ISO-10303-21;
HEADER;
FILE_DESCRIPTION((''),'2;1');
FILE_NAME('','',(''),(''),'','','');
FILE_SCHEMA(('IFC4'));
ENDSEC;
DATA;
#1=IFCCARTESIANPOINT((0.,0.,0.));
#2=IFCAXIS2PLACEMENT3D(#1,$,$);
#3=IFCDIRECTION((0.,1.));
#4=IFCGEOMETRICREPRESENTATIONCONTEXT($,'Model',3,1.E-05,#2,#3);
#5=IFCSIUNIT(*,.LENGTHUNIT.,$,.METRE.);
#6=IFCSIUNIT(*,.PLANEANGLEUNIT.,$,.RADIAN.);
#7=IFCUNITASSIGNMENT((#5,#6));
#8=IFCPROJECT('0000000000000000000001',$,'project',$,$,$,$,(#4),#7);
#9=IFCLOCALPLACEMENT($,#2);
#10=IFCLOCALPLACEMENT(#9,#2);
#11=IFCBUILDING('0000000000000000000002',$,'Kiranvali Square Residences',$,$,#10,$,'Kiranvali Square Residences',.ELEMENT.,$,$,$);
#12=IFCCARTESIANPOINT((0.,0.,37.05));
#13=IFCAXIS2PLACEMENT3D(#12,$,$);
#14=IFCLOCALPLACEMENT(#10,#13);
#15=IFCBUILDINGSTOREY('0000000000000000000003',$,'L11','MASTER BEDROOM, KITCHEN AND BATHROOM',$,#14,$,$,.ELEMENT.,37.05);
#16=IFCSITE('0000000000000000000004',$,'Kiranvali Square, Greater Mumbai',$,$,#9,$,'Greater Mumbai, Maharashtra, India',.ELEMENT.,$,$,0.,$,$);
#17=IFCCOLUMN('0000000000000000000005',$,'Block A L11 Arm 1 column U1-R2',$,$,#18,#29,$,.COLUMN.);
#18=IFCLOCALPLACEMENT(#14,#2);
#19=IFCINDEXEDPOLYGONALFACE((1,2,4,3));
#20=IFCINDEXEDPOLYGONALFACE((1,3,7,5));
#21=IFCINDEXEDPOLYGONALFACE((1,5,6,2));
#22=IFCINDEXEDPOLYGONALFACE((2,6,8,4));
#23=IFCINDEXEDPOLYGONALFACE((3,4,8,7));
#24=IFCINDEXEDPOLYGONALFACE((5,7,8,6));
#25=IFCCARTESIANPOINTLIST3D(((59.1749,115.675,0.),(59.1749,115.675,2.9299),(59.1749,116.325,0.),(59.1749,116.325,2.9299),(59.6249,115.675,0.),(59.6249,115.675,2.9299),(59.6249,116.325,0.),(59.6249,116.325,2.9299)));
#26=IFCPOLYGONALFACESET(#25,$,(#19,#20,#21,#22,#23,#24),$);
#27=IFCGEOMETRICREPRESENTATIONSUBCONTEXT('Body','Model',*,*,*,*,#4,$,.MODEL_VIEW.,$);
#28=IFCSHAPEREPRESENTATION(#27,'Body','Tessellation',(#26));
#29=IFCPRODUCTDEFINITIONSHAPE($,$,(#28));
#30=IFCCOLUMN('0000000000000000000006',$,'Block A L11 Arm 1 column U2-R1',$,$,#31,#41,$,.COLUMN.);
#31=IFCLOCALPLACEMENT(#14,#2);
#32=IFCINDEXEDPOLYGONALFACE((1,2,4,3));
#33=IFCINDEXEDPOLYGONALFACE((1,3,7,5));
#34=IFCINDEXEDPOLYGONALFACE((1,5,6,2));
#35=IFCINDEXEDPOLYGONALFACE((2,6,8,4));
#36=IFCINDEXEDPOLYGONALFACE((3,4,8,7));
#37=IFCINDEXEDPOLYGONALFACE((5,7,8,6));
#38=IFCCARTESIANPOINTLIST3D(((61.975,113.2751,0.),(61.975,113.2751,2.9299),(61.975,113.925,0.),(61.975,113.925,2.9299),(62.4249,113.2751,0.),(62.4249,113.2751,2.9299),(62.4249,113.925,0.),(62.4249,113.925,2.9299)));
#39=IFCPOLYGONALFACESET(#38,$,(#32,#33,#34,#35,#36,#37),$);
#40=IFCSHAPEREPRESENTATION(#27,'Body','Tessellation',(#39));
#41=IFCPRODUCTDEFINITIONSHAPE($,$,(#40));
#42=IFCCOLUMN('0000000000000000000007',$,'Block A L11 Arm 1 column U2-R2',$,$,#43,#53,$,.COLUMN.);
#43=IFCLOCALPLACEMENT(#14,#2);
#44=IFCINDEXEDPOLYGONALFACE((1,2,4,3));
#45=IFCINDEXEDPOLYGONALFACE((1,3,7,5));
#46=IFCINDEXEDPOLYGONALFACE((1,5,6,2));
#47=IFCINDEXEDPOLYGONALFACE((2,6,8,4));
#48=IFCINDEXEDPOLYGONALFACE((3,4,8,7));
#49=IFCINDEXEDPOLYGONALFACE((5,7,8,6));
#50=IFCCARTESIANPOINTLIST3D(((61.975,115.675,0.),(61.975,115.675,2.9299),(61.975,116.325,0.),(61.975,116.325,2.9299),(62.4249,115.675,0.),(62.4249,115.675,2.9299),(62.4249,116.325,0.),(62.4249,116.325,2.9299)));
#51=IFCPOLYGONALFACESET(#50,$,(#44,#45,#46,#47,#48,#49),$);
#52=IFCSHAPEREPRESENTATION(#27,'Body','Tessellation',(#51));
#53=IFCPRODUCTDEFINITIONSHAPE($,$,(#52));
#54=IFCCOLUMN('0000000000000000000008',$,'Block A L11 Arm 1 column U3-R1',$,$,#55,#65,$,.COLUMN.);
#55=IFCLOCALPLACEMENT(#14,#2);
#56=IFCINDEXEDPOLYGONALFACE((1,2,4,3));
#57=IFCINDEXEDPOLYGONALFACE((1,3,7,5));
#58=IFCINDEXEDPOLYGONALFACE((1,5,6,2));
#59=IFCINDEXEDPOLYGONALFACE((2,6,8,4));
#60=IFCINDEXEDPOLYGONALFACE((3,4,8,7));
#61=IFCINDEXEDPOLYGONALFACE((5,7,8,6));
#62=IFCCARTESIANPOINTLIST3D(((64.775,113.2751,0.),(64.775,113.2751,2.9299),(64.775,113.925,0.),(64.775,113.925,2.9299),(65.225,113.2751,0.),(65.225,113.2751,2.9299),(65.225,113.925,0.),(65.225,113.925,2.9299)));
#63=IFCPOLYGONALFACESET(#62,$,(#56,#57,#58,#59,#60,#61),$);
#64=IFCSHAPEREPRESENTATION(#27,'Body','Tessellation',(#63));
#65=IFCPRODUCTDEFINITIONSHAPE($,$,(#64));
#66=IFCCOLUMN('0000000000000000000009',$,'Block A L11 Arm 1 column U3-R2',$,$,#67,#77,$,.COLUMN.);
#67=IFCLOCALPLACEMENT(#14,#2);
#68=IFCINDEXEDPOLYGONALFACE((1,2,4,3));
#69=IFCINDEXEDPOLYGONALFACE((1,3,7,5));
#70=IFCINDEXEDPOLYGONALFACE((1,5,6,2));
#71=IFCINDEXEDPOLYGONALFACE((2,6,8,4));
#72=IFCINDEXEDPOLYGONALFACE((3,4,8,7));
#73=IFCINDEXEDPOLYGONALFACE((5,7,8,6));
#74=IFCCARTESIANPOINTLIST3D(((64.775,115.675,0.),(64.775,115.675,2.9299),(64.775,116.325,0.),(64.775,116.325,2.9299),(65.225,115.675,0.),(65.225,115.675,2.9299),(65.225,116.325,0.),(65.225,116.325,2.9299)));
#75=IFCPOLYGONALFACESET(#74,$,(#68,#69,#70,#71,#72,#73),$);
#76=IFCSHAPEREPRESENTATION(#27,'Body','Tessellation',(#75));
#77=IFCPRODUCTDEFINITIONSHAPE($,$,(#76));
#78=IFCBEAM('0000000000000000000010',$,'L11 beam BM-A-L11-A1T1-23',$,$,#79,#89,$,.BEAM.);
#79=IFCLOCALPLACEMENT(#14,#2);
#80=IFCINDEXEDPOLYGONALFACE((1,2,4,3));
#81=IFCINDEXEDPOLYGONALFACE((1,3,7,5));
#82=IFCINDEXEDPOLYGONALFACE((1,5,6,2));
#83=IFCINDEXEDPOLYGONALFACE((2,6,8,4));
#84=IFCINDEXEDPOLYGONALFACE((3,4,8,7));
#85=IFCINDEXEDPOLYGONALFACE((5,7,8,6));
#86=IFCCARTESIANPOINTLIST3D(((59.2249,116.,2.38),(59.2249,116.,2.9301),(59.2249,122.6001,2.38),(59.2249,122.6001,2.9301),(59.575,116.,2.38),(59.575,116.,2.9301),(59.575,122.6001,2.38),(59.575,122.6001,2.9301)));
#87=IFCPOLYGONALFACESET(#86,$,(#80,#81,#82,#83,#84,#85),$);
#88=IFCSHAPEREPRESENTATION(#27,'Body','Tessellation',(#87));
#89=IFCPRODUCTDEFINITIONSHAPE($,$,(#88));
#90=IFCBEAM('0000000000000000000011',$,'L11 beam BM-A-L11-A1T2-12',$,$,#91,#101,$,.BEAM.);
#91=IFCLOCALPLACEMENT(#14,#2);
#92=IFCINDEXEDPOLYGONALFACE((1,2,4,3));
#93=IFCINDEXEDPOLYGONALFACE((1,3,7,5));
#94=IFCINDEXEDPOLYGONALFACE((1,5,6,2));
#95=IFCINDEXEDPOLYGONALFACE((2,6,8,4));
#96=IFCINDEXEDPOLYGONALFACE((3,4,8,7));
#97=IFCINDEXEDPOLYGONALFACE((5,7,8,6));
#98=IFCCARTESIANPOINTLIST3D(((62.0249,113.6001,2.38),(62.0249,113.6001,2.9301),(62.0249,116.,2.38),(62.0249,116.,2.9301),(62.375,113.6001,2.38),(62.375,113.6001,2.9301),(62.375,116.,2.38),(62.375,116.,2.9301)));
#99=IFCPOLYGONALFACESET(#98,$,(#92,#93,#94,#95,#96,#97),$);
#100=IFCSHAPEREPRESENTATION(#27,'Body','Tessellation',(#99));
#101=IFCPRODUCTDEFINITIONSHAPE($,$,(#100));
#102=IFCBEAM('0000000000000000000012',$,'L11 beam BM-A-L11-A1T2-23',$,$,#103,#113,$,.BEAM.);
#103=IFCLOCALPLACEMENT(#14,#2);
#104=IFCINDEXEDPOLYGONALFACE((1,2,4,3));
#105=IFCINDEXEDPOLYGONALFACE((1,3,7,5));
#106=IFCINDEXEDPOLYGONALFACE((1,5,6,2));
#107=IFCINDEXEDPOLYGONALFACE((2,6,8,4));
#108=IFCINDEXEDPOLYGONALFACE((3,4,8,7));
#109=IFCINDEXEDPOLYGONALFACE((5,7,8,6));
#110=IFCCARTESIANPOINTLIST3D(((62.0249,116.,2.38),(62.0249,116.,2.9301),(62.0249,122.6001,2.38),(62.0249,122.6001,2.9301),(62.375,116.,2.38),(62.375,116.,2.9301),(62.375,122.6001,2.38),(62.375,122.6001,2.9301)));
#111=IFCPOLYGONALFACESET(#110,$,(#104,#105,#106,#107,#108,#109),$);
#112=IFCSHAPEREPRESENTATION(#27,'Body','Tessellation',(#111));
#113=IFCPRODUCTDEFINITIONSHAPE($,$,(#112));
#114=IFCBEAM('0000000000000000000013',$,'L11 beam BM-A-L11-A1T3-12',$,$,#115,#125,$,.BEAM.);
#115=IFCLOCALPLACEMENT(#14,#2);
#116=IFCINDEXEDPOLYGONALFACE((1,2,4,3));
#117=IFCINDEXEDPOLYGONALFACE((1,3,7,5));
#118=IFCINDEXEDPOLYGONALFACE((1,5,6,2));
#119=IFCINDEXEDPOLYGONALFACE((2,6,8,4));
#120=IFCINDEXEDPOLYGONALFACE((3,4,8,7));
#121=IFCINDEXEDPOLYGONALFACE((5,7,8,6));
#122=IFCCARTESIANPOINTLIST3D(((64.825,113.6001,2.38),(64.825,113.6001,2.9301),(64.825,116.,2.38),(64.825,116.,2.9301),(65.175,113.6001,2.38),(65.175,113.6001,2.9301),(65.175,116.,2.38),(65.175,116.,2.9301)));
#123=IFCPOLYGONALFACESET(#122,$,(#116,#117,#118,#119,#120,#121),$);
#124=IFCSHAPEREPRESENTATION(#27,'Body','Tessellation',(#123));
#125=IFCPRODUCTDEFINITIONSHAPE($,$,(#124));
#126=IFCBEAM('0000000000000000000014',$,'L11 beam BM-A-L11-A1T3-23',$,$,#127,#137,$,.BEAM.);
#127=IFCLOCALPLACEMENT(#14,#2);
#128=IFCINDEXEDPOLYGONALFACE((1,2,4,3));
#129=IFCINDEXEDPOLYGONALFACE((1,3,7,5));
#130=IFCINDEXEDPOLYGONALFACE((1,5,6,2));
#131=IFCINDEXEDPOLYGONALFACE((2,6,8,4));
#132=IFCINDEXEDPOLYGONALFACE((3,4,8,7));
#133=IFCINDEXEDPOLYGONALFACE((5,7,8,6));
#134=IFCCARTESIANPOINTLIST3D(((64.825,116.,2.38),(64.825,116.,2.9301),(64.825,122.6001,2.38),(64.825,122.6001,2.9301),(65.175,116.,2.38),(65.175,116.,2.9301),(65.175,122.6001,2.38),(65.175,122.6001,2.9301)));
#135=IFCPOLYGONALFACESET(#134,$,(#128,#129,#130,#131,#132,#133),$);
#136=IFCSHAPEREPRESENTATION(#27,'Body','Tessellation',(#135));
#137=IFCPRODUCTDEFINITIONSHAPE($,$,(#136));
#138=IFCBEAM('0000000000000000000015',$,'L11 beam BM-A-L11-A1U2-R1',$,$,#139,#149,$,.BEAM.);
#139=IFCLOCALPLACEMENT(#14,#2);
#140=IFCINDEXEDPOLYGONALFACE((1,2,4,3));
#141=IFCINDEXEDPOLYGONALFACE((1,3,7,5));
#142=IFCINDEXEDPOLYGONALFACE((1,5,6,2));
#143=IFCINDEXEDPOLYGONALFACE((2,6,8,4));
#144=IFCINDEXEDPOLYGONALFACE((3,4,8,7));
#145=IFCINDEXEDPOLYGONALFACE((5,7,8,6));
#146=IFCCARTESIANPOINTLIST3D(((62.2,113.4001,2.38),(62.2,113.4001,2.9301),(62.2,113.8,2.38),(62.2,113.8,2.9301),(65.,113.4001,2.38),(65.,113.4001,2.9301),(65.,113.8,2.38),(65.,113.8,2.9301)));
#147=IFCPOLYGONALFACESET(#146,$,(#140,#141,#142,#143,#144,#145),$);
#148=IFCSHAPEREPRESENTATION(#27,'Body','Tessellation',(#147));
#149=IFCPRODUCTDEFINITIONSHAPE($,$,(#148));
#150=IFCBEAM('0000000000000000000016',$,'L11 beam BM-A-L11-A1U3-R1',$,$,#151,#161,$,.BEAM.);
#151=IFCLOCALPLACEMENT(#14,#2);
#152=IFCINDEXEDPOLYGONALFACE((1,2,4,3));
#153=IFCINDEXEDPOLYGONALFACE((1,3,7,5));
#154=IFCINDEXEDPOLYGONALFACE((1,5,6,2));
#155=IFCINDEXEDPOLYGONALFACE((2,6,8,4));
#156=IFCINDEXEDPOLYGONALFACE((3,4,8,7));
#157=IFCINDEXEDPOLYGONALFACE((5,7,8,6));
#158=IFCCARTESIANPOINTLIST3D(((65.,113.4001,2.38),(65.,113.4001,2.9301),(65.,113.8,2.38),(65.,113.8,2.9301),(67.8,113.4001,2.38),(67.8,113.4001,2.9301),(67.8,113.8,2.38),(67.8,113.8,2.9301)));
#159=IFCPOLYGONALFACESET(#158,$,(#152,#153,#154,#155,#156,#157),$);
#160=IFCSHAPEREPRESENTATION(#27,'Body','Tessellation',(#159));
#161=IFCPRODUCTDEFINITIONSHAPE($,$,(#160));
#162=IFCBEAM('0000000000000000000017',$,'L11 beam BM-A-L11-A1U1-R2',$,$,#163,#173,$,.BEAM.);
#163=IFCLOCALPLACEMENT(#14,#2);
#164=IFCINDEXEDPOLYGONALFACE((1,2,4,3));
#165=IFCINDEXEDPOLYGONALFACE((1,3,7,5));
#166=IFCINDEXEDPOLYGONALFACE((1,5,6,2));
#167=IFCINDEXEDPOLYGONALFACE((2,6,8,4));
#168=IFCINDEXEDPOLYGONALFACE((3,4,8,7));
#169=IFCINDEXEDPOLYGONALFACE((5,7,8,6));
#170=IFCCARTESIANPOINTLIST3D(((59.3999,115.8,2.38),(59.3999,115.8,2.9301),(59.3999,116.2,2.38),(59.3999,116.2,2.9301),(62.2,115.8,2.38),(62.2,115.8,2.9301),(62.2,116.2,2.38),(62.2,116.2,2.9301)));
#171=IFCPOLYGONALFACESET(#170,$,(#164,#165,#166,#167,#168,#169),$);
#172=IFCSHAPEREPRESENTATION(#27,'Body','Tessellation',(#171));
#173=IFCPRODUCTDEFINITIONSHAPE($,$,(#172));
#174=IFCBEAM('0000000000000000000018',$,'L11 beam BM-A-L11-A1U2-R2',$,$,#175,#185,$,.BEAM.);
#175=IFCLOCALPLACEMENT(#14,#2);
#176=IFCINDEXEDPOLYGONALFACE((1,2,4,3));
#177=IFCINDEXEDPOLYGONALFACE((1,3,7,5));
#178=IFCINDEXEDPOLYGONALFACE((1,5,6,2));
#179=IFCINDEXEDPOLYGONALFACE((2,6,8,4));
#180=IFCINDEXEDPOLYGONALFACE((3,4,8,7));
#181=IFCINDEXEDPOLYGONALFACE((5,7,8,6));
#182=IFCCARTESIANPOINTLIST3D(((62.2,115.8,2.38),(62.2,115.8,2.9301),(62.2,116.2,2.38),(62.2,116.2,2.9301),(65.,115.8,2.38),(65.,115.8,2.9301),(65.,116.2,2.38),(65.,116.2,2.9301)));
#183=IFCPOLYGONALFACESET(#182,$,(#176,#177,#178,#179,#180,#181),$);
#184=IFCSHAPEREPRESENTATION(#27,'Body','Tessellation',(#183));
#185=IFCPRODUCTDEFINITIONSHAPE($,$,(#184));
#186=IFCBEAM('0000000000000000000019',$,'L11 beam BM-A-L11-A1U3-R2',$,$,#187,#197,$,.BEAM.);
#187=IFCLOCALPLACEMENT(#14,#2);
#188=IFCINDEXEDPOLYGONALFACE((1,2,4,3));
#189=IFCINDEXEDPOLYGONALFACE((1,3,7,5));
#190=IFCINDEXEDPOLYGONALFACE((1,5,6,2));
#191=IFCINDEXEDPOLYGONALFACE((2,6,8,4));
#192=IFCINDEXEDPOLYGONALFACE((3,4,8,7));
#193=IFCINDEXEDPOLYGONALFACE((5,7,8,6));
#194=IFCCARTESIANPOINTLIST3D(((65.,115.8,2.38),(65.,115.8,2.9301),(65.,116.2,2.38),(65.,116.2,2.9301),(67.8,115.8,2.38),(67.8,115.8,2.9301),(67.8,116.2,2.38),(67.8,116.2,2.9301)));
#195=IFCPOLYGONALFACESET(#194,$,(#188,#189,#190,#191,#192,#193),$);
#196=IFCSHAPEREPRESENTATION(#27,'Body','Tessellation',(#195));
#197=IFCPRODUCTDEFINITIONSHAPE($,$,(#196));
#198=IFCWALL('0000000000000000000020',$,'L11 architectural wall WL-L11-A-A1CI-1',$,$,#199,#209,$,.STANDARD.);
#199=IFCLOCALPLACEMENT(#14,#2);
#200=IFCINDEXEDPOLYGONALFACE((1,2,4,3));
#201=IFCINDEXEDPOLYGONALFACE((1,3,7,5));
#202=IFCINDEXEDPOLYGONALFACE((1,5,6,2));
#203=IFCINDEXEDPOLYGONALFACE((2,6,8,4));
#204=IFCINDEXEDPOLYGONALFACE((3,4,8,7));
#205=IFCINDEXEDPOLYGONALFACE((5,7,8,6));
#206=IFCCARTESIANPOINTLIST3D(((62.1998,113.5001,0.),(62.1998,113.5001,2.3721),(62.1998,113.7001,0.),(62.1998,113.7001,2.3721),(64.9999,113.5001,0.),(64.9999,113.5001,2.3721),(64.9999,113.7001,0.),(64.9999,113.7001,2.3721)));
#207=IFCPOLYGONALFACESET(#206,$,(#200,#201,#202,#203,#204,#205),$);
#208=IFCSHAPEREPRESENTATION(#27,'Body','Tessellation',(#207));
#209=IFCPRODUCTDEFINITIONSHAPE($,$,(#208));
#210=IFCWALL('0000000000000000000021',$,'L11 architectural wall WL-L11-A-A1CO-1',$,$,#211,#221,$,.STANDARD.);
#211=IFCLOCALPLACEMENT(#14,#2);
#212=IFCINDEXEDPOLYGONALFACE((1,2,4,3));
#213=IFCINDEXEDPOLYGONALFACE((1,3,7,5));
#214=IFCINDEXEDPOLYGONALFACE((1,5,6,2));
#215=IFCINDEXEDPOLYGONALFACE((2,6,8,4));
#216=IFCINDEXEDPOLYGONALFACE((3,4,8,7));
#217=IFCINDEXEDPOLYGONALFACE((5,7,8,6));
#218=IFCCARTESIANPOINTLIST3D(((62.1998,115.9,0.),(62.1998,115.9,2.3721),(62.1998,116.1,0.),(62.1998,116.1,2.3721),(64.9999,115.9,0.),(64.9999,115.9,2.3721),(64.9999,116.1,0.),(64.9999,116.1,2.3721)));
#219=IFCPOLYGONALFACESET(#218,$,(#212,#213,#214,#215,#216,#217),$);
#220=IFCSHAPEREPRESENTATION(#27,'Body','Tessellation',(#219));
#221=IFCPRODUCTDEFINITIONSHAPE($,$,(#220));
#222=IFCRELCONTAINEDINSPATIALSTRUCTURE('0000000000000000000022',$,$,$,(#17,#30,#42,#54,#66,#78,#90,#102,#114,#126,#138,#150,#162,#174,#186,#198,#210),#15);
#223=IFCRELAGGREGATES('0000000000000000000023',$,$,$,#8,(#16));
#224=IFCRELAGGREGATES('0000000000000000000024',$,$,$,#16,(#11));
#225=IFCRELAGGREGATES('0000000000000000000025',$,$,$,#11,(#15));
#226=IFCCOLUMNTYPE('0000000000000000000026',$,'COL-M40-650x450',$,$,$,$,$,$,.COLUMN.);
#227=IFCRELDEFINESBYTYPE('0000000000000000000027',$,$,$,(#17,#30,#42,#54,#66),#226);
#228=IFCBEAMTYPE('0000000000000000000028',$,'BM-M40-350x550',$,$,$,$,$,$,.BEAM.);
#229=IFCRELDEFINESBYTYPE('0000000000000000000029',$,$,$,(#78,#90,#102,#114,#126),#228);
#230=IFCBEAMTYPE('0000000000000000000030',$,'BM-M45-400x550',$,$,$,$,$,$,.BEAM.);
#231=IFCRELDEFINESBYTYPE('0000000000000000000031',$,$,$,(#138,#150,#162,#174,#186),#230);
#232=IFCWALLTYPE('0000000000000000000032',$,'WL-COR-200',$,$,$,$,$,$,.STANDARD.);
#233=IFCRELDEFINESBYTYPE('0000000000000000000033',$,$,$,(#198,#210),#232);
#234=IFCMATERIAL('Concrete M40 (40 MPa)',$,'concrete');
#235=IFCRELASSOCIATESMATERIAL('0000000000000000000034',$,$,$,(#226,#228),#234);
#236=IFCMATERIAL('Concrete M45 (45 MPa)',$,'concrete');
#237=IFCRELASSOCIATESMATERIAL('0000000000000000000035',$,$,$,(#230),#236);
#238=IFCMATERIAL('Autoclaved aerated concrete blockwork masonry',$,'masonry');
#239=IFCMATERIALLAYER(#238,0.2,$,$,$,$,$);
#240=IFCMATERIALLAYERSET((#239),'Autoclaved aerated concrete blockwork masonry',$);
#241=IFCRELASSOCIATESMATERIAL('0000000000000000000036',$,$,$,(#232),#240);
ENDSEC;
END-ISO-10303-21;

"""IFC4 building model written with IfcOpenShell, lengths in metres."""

from ifc_helpers import new_model, si_unit, direction, frame, frame_2d, origin, origin_2d, place, context, subcontext, project, spatial, rectangle, extrude, material, layer, layer_set, material_profile, profile_set, type_object, element, save


model = new_model("IFC4")

# Units and contexts
model_context = context("Model", 3, precision=1e-05, world=origin(), true_north=direction((0.0, 1.0)))
body_context = subcontext(model_context, "Body", "Model", "MODEL_VIEW")
ifc_project = project(units=[si_unit("LENGTHUNIT", "METRE"), si_unit("PLANEANGLEUNIT", "RADIAN")], contexts=[model_context])

# Site, building, storey
site_placement = place(None, origin())
site = spatial("IfcSite", under=ifc_project, at=site_placement, Name="Kiranvali Square, Greater Mumbai", LongName="Greater Mumbai, Maharashtra, India", CompositionType="ELEMENT", RefElevation=0.0)
building_placement = place(site_placement, origin())
building = spatial("IfcBuilding", under=site, at=building_placement, Name="Kiranvali Square Residences", LongName="Kiranvali Square Residences", CompositionType="ELEMENT")
storey_placement = place(building_placement, frame((0.0, 0.0, 37.05)))
storey = spatial("IfcBuildingStorey", under=building, at=storey_placement, Name="L11", Description="MASTER BEDROOM, KITCHEN AND BATHROOM", CompositionType="ELEMENT", Elevation=37.05)

# Columns
ifc_material_1 = material(Name="Concrete M40 (40 MPa)", Category="concrete")
ifc_material_profile_1 = material_profile(ifc_material_1, rectangle(XDim=0.45, YDim=0.6499, at=origin_2d()), Name="RC 650x450")
ifc_profile_set_1 = profile_set([ifc_material_profile_1], Name="Concrete M40 (40 MPa)")
column_type = type_object("IfcColumnType", Name="COL-M40-650x450", PredefinedType="COLUMN", material=ifc_profile_set_1)
for number, where, z_axis, x_axis, name in (
    (1, (59.3999, 116.0, 0.0), (0.0, 0.0, 1.0), (1.0, 0.0, 0.0), "Block A L11 Arm 1 column U1-R2"),
    (2, (62.2, 113.6001, 0.0), (0.0, 0.0, 1.0), (1.0, 0.0, 0.0), "Block A L11 Arm 1 column U2-R1"),
    (3, (62.2, 116.0, 0.0), (0.0, 0.0, 1.0), (1.0, 0.0, 0.0), "Block A L11 Arm 1 column U2-R2"),
    (4, (65.0, 113.6001, 0.0), (0.0, 0.0, 1.0), (1.0, 0.0, 0.0), "Block A L11 Arm 1 column U3-R1"),
    (5, (65.0, 116.0, 0.0), (0.0, 0.0, 1.0), (1.0, 0.0, 0.0), "Block A L11 Arm 1 column U3-R2"),
):
    element("IfcColumn", number, at=place(storey_placement, frame(where, z_axis=z_axis, x_axis=x_axis)), inside=storey, type_object=column_type, Name=name, PredefinedType="COLUMN", context=body_context, shape_type="SweptSolid", body=[
        extrude(rectangle(XDim=0.45, YDim=0.6499, at=origin_2d()), origin(), (0.0, 0.0, 1.0), 2.9299),
    ])

# Beams
ifc_material_profile_2 = material_profile(ifc_material_1, rectangle(XDim=0.3501, YDim=0.55, at=origin_2d()), Name="RC 350x550")
ifc_profile_set_2 = profile_set([ifc_material_profile_2], Name="Concrete M40 (40 MPa)")
beam_type_1 = type_object("IfcBeamType", Name="BM-M40-350x550", PredefinedType="BEAM", material=ifc_profile_set_2)
beam_1_placement = place(storey_placement, frame((59.3999, 116.0, 2.655), z_axis=(0.0, 1.0, 0.0), x_axis=(-1.0, 0.0, 0.0)))
element("IfcBeam", 6, at=beam_1_placement, inside=storey, type_object=beam_type_1, Name="L11 beam BM-A-L11-A1T1-23", PredefinedType="BEAM", context=body_context, shape_type="SweptSolid", body=[
    extrude(rectangle(XDim=0.3501, YDim=0.55, at=origin_2d()), origin(), (0.0, 0.0, 1.0), 6.6001),
])
beam_2_placement = place(storey_placement, frame((62.2, 113.6001, 2.655), z_axis=(0.0, 1.0, 0.0), x_axis=(-1.0, 0.0, 0.0)))
element("IfcBeam", 7, at=beam_2_placement, inside=storey, type_object=beam_type_1, Name="L11 beam BM-A-L11-A1T2-12", PredefinedType="BEAM", context=body_context, shape_type="SweptSolid", body=[
    extrude(rectangle(XDim=0.3501, YDim=0.55, at=origin_2d()), origin(), (0.0, 0.0, 1.0), 2.3999),
])
beam_3_placement = place(storey_placement, frame((62.2, 116.0, 2.655), z_axis=(0.0, 1.0, 0.0), x_axis=(-1.0, 0.0, 0.0)))
element("IfcBeam", 8, at=beam_3_placement, inside=storey, type_object=beam_type_1, Name="L11 beam BM-A-L11-A1T2-23", PredefinedType="BEAM", context=body_context, shape_type="SweptSolid", body=[
    extrude(rectangle(XDim=0.3501, YDim=0.55, at=origin_2d()), origin(), (0.0, 0.0, 1.0), 6.6001),
])
beam_4_placement = place(storey_placement, frame((65.0, 113.6001, 2.655), z_axis=(0.0, 1.0, 0.0), x_axis=(-1.0, 0.0, 0.0)))
element("IfcBeam", 9, at=beam_4_placement, inside=storey, type_object=beam_type_1, Name="L11 beam BM-A-L11-A1T3-12", PredefinedType="BEAM", context=body_context, shape_type="SweptSolid", body=[
    extrude(rectangle(XDim=0.3501, YDim=0.55, at=origin_2d()), origin(), (0.0, 0.0, 1.0), 2.3999),
])
beam_5_placement = place(storey_placement, frame((65.0, 116.0, 2.655), z_axis=(0.0, 1.0, 0.0), x_axis=(-1.0, 0.0, 0.0)))
element("IfcBeam", 10, at=beam_5_placement, inside=storey, type_object=beam_type_1, Name="L11 beam BM-A-L11-A1T3-23", PredefinedType="BEAM", context=body_context, shape_type="SweptSolid", body=[
    extrude(rectangle(XDim=0.3501, YDim=0.55, at=origin_2d()), origin(), (0.0, 0.0, 1.0), 6.6001),
])
ifc_material_2 = material(Name="Concrete M45 (45 MPa)", Category="concrete")
ifc_material_profile_3 = material_profile(ifc_material_2, rectangle(XDim=0.3999, YDim=0.55, at=origin_2d()), Name="RC 400x550")
ifc_profile_set_3 = profile_set([ifc_material_profile_3], Name="Concrete M45 (45 MPa)")
beam_type_2 = type_object("IfcBeamType", Name="BM-M45-400x550", PredefinedType="BEAM", material=ifc_profile_set_3)
for number, where, z_axis, x_axis, name in (
    (11, (62.2, 113.6001, 2.655), (1.0, 0.0, 0.0), (0.0, 1.0, 0.0), "L11 beam BM-A-L11-A1U2-R1"),
    (12, (65.0, 113.6001, 2.655), (1.0, 0.0, 0.0), (0.0, 1.0, 0.0), "L11 beam BM-A-L11-A1U3-R1"),
    (13, (59.3999, 116.0, 2.655), (1.0, 0.0, 0.0), (0.0, 1.0, 0.0), "L11 beam BM-A-L11-A1U1-R2"),
    (14, (62.2, 116.0, 2.655), (1.0, 0.0, 0.0), (0.0, 1.0, 0.0), "L11 beam BM-A-L11-A1U2-R2"),
    (15, (65.0, 116.0, 2.655), (1.0, 0.0, 0.0), (0.0, 1.0, 0.0), "L11 beam BM-A-L11-A1U3-R2"),
):
    element("IfcBeam", number, at=place(storey_placement, frame(where, z_axis=z_axis, x_axis=x_axis)), inside=storey, type_object=beam_type_2, Name=name, PredefinedType="BEAM", context=body_context, shape_type="SweptSolid", body=[
        extrude(rectangle(XDim=0.3999, YDim=0.55, at=origin_2d()), origin(), (0.0, 0.0, 1.0), 2.8),
    ])

# Shared definitions
ifc_material_3 = material(Name="Autoclaved aerated concrete blockwork masonry", Category="masonry")
ifc_layer_1 = layer(ifc_material_3, 0.2)
ifc_layer_set_1 = layer_set([ifc_layer_1], Name="Autoclaved aerated concrete blockwork masonry")
wall_type_1 = type_object("IfcWallType", Name="WL-COR-200", PredefinedType="STANDARD", material=ifc_layer_set_1)

# Walls
for number, where, z_axis, x_axis, name in (
    (16, (62.2, 113.6001, 0.0), (0.0, 0.0, 1.0), (1.0, 0.0, 0.0), "L11 architectural wall WL-L11-A-A1CI-1"),
    (17, (62.2, 116.0, 0.0), (0.0, 0.0, 1.0), (1.0, 0.0, 0.0), "L11 architectural wall WL-L11-A-A1CO-1"),
):
    element("IfcWall", number, at=place(storey_placement, frame(where, z_axis=z_axis, x_axis=x_axis)), inside=storey, type_object=wall_type_1, Name=name, PredefinedType="STANDARD", context=body_context, shape_type="SweptSolid", body=[
        extrude(rectangle(XDim=2.8, YDim=0.2, at=frame_2d((1.3999, 0.0))), origin(), (0.0, 0.0, 1.0), 2.3721),
    ])

save(model, "model.ifc")
